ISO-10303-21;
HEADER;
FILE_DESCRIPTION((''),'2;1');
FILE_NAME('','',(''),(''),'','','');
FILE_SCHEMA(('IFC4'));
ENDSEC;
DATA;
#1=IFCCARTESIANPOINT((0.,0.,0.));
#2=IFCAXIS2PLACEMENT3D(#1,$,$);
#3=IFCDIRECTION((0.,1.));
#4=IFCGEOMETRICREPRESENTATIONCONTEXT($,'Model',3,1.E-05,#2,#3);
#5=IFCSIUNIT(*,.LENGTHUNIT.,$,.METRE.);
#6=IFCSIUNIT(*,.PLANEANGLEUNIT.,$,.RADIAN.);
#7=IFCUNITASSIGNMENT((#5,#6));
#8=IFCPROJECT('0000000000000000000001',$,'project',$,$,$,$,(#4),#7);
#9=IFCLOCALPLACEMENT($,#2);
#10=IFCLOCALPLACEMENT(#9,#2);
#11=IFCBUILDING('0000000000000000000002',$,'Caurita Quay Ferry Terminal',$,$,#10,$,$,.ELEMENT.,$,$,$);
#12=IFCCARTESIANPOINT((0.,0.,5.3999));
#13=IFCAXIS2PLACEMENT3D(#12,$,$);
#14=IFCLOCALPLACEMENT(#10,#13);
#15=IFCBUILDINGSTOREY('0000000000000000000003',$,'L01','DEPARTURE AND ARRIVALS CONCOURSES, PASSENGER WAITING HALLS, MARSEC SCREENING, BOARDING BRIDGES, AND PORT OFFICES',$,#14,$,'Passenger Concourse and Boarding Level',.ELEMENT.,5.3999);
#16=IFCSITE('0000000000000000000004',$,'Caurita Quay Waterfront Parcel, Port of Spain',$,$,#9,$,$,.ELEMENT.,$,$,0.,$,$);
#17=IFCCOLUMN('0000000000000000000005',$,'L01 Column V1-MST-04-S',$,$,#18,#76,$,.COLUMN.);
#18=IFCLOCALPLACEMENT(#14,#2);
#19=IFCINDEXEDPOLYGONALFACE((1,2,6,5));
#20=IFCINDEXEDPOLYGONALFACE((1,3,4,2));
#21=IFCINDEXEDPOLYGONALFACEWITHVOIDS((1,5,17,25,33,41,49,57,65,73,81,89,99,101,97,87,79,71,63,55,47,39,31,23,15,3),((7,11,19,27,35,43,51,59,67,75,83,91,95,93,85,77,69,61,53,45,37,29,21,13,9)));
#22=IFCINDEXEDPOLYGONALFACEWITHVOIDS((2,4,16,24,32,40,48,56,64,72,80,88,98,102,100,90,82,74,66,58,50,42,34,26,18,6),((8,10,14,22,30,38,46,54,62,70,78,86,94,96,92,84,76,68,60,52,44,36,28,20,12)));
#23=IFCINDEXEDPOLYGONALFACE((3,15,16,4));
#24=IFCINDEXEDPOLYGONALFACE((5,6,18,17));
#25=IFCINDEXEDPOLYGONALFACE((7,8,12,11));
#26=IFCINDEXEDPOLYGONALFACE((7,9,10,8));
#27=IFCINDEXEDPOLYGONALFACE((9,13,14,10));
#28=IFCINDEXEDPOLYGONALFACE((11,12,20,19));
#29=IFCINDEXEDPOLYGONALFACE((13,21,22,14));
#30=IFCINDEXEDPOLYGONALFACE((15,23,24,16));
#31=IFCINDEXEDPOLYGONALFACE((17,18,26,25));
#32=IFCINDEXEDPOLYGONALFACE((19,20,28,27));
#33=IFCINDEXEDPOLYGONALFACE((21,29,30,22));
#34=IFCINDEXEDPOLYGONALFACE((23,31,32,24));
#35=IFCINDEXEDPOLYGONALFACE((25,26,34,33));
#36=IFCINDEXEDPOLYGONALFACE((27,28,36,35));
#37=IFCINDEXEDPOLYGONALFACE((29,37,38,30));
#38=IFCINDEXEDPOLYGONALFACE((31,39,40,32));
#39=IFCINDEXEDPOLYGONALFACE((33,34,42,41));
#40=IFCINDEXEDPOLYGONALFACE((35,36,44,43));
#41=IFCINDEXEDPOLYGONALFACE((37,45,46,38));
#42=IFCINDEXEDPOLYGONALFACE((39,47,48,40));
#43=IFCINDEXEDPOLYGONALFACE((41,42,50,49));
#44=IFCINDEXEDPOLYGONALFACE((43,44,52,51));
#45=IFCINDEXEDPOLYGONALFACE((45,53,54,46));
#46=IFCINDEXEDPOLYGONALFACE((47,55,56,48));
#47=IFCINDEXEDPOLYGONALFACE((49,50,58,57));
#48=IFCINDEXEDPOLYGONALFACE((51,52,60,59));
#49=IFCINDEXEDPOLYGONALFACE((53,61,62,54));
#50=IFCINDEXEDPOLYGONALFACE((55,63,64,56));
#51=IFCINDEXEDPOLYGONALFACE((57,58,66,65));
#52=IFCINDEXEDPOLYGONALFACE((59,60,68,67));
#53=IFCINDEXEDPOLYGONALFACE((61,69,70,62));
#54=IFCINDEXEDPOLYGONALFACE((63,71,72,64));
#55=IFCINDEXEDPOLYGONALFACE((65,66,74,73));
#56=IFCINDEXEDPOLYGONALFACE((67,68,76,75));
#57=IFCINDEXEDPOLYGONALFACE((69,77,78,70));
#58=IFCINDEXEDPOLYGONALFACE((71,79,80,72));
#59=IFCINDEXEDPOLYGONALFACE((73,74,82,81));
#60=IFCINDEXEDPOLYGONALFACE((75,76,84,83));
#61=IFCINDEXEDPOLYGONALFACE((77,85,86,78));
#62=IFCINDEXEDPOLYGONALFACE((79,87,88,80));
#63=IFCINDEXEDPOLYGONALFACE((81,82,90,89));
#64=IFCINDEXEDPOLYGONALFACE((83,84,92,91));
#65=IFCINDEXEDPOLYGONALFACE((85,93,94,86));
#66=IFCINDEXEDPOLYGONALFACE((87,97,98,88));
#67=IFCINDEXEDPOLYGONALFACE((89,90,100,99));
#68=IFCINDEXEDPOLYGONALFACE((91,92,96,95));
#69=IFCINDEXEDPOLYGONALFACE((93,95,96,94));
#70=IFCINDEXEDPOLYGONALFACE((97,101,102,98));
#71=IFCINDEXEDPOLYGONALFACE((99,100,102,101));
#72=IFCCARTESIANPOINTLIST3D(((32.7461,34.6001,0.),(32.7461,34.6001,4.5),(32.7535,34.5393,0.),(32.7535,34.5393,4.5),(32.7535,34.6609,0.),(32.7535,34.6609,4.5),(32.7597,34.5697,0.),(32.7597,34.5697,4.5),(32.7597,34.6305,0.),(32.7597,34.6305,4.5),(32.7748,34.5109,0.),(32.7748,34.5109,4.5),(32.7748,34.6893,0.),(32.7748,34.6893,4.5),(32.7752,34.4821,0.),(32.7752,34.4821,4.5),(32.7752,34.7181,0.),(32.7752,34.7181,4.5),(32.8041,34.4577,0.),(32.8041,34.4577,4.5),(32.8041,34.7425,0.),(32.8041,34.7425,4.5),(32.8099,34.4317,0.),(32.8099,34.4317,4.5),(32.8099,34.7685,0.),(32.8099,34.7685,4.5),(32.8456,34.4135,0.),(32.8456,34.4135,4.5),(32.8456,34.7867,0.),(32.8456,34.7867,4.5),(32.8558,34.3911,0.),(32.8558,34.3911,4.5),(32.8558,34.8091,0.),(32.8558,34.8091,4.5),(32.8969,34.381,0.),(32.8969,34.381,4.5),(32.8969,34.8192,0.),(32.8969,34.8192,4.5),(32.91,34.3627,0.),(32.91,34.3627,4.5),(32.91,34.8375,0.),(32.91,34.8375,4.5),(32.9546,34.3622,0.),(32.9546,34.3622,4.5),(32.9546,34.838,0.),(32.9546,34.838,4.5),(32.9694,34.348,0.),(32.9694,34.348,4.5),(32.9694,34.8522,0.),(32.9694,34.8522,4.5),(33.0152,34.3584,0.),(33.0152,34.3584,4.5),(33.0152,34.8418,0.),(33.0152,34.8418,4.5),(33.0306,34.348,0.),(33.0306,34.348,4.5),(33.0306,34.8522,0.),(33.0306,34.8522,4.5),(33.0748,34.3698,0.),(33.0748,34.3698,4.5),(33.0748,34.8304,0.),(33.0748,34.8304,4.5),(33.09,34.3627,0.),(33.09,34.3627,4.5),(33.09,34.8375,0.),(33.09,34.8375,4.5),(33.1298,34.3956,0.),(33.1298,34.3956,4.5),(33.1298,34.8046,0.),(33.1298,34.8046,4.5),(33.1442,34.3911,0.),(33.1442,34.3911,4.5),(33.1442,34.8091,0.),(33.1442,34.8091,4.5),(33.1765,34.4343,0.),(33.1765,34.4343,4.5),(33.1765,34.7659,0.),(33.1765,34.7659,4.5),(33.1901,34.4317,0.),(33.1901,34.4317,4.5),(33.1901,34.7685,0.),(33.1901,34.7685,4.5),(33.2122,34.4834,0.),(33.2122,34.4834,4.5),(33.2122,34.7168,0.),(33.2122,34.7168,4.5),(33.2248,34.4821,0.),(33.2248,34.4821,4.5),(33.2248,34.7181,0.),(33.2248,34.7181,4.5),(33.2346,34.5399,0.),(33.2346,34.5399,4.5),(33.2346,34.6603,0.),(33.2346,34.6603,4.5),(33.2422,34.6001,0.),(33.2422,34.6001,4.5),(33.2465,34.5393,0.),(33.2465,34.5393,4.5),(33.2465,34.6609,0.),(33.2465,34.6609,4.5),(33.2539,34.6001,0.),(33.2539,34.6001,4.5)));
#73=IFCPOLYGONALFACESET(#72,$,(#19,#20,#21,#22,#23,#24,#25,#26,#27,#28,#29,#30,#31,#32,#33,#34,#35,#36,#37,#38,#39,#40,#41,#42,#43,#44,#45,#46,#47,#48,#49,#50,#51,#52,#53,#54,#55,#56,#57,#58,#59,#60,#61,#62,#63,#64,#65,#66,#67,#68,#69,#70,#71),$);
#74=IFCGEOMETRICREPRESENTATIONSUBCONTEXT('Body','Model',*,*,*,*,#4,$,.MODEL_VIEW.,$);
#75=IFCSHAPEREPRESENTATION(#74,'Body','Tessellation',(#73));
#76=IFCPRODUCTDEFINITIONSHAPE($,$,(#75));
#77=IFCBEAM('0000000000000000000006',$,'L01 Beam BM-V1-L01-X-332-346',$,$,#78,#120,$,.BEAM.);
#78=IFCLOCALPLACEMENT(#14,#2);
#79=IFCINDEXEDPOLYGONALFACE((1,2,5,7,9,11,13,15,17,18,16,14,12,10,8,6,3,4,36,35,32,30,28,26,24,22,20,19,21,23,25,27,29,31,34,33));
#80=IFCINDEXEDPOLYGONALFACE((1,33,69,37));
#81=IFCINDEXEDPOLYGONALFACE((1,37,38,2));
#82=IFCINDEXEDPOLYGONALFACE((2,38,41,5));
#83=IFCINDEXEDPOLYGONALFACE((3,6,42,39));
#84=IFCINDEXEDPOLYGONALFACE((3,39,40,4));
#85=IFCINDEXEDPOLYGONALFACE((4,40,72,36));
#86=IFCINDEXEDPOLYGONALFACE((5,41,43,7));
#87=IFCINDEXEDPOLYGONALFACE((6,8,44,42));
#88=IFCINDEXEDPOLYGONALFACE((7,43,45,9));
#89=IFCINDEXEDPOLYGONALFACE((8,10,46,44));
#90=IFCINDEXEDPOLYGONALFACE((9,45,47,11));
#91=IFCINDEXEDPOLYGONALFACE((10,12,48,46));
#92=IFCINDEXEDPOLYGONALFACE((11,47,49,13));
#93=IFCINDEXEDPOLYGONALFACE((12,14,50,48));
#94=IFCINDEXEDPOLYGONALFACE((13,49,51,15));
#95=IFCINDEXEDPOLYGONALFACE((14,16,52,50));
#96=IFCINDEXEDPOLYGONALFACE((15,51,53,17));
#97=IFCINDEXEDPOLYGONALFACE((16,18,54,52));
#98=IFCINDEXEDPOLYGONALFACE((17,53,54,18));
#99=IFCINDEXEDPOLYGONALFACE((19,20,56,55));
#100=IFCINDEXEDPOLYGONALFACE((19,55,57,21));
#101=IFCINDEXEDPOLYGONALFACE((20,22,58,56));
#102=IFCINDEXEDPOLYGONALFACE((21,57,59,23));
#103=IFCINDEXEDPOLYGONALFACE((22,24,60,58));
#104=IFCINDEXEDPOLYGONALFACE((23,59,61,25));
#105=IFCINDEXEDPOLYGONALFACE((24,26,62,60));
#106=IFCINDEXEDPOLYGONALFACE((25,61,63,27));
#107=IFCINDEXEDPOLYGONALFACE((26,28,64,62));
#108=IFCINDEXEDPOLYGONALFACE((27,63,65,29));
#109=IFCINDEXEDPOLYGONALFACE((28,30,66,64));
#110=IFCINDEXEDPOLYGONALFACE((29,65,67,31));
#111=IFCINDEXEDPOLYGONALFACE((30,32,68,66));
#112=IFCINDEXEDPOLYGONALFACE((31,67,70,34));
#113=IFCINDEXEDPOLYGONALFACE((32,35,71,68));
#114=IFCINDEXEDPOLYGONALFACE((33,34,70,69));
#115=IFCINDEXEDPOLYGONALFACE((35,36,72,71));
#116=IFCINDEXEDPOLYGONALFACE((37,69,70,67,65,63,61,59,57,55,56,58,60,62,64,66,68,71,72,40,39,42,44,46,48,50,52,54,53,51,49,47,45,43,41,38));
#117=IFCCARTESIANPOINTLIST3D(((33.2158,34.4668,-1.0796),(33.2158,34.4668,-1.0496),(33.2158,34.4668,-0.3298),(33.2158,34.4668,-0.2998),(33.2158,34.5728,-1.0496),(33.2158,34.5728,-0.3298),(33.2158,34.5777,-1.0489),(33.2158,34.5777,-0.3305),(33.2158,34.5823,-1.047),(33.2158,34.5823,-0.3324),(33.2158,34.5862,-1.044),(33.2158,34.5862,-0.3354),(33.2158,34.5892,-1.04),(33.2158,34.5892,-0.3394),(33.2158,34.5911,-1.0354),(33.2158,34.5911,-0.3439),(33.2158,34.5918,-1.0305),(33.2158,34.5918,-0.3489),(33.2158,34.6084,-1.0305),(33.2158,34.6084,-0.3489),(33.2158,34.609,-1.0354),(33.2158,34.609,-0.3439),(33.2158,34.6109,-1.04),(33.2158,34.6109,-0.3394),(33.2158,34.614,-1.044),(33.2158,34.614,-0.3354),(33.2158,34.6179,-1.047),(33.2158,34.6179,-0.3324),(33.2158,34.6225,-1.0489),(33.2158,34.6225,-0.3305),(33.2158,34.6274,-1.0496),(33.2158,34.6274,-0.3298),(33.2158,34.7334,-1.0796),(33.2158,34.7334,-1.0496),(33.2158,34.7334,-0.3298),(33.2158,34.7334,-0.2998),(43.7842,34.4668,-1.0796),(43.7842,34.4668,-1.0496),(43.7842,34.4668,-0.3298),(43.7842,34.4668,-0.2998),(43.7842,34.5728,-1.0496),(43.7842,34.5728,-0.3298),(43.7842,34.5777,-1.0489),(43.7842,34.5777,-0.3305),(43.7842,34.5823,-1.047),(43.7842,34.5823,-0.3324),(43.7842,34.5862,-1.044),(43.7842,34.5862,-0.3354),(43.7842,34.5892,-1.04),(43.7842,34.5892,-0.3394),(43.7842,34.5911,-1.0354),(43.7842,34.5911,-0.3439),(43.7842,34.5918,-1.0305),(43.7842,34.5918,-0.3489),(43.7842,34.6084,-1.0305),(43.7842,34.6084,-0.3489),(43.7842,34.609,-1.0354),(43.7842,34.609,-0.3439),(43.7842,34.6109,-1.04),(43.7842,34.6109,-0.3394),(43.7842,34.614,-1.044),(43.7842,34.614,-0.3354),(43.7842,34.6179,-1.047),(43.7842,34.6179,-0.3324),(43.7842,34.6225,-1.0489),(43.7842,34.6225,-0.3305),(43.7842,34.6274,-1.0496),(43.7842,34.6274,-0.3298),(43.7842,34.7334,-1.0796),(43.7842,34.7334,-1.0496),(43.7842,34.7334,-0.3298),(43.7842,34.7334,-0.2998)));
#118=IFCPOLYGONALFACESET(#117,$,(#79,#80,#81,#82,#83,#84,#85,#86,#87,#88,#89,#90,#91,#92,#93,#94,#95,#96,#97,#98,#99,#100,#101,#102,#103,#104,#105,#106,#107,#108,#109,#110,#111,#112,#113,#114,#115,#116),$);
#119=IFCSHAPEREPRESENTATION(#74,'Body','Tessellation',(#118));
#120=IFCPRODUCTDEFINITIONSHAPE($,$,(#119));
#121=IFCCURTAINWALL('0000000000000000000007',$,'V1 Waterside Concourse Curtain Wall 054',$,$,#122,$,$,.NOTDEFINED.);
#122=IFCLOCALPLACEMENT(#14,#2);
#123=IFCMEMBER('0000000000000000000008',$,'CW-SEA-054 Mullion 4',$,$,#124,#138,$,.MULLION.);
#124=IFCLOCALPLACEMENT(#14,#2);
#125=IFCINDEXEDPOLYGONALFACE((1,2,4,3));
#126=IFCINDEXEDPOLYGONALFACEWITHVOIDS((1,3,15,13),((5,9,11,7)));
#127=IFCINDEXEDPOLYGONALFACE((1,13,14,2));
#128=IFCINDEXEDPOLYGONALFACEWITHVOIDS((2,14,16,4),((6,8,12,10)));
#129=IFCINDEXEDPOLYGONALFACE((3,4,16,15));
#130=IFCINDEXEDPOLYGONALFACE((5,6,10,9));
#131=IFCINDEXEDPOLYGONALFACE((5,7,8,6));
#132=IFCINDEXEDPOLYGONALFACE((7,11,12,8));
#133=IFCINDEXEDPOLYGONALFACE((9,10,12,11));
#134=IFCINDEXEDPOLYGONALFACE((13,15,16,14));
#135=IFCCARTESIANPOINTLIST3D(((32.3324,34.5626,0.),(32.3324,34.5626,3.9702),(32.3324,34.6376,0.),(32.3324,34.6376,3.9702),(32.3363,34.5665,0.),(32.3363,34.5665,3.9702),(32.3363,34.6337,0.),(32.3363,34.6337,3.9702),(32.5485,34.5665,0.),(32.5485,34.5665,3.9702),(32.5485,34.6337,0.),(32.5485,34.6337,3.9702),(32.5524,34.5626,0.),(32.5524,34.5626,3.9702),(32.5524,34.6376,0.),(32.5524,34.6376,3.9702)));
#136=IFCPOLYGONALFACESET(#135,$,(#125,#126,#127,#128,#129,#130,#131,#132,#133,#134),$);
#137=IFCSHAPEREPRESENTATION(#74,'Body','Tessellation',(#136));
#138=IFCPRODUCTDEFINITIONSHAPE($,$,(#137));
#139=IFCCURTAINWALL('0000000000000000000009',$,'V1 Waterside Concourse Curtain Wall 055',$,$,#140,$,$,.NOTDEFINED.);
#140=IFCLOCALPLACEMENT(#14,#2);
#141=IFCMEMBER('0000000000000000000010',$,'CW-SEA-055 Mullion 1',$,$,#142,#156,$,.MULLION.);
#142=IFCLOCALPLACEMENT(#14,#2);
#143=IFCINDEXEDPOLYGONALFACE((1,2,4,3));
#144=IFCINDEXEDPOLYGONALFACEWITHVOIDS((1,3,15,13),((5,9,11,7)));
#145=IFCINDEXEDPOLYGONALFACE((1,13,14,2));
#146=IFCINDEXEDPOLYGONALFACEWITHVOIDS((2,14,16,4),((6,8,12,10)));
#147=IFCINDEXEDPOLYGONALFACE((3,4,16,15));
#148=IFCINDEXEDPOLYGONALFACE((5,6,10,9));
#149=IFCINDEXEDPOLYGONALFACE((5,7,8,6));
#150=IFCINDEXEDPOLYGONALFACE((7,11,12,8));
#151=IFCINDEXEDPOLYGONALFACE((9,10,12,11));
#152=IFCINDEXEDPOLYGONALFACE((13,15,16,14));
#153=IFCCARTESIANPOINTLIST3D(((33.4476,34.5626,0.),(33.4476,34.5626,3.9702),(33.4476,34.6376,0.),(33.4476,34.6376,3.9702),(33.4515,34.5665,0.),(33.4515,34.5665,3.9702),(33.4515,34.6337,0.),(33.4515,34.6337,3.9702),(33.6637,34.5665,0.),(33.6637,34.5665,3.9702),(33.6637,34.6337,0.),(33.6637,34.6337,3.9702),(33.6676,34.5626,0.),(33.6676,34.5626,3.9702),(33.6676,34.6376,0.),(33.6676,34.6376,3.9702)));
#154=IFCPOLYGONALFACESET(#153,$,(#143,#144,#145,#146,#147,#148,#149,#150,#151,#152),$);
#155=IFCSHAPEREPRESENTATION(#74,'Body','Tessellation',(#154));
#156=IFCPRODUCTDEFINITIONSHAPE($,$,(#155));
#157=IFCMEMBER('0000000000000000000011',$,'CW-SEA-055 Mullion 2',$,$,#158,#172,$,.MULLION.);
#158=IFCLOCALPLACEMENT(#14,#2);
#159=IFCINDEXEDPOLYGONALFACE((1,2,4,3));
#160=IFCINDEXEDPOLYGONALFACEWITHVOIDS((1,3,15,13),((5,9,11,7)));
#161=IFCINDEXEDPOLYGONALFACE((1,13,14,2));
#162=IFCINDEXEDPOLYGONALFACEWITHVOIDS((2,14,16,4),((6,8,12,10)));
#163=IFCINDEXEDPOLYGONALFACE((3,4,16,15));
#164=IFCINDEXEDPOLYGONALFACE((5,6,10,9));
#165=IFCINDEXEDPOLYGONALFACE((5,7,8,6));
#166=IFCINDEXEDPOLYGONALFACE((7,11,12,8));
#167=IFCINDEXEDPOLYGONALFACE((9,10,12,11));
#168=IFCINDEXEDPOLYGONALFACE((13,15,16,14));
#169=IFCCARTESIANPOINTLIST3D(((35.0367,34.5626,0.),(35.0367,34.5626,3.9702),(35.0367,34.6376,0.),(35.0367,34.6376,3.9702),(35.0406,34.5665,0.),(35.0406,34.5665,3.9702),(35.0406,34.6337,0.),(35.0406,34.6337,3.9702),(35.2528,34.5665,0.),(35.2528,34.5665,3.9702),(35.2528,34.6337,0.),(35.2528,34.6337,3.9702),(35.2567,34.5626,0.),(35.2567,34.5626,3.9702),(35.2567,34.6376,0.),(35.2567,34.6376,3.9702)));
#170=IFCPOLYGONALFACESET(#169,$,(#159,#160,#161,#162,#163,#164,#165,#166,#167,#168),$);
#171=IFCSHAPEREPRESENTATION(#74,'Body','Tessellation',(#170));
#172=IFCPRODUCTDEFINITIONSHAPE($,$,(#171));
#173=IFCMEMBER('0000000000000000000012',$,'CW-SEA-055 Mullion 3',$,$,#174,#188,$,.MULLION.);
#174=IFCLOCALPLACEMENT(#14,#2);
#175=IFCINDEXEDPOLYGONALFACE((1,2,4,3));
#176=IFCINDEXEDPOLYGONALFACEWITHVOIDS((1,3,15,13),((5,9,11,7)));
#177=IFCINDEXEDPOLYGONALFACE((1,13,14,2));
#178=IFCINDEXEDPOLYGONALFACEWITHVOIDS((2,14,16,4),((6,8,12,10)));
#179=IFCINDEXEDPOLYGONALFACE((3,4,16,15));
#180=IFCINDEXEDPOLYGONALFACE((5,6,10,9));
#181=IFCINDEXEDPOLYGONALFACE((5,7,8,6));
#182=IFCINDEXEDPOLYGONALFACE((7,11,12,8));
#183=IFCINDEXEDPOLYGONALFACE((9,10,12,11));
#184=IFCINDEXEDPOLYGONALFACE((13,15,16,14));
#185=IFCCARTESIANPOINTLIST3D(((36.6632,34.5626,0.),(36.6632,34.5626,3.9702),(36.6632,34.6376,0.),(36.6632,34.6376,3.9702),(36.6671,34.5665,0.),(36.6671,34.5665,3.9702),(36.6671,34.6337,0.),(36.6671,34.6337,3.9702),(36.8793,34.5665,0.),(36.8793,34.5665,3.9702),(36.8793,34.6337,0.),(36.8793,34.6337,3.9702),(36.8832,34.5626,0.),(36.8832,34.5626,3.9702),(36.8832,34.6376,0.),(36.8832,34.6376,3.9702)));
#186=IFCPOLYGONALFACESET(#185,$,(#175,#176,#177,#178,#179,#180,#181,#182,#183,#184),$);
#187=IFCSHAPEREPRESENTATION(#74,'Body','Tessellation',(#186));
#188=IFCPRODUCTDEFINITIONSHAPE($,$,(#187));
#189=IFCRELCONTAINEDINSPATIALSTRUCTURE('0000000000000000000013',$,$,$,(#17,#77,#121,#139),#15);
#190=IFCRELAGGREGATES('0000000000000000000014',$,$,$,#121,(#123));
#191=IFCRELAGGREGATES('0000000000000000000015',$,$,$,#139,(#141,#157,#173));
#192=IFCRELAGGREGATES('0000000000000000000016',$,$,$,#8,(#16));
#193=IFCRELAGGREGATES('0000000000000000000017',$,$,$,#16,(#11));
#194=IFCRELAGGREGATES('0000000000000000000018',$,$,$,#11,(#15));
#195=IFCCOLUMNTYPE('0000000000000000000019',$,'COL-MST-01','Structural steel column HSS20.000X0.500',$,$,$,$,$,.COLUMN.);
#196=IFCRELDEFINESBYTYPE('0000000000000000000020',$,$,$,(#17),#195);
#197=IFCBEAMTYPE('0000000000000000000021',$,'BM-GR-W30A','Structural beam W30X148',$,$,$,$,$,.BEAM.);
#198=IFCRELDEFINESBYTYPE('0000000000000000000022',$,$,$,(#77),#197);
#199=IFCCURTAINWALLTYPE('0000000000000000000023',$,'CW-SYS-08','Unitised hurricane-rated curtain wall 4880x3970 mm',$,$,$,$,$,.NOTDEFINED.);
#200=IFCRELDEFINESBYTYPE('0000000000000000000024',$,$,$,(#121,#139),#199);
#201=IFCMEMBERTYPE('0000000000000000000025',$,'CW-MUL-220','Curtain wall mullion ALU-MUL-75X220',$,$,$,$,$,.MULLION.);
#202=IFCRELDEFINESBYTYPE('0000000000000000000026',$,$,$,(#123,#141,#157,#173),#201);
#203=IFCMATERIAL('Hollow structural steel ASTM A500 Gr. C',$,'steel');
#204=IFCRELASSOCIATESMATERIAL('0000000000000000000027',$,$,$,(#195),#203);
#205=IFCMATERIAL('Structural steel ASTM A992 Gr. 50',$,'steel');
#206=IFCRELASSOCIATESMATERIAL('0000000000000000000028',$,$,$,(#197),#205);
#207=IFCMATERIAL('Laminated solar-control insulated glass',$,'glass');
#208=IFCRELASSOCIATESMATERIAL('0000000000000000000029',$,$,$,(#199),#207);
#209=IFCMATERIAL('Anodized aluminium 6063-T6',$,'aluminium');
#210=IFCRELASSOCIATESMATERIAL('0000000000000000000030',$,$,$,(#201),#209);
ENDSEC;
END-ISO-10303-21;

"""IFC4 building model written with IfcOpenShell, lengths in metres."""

from ifc_helpers import new_model, si_unit, direction, frame, origin, origin_2d, place, context, subcontext, project, spatial, hollow_rectangle, hollow_circle, i_section, extrude, material, material_profile, profile_set, type_object, element, aggregate, save


model = new_model("IFC4")

# Units and contexts
model_context = context("Model", 3, precision=1e-05, world=origin(), true_north=direction((0.0, 1.0)))
body_context = subcontext(model_context, "Body", "Model", "MODEL_VIEW")
ifc_project = project(units=[si_unit("LENGTHUNIT", "METRE"), si_unit("PLANEANGLEUNIT", "RADIAN")], contexts=[model_context])

# Site, building, storey
site_placement = place(None, origin())
site = spatial("IfcSite", under=ifc_project, at=site_placement, Name="Caurita Quay Waterfront Parcel, Port of Spain", CompositionType="ELEMENT", RefElevation=0.0)
building_placement = place(site_placement, origin())
building = spatial("IfcBuilding", under=site, at=building_placement, Name="Caurita Quay Ferry Terminal", CompositionType="ELEMENT")
storey_placement = place(building_placement, frame((0.0, 0.0, 5.3999)))
storey = spatial("IfcBuildingStorey", under=building, at=storey_placement, Name="L01", Description="DEPARTURE AND ARRIVALS CONCOURSES, PASSENGER WAITING HALLS, MARSEC SCREENING, BOARDING BRIDGES, AND PORT OFFICES", LongName="Passenger Concourse and Boarding Level", CompositionType="ELEMENT", Elevation=5.3999)

# Column
ifc_material_1 = material(Name="Hollow structural steel ASTM A500 Gr. C", Category="steel")
ifc_material_profile_1 = material_profile(ifc_material_1, hollow_circle(Radius=0.2539, WallThickness=0.0117, at=origin_2d()), Name="HSS20.000X0.500")
ifc_profile_set_1 = profile_set([ifc_material_profile_1], Name="Hollow structural steel ASTM A500 Gr. C")
column_type = type_object("IfcColumnType", Name="COL-MST-01", Description="Structural steel column HSS20.000X0.500", PredefinedType="COLUMN", material=ifc_profile_set_1)
column_placement = place(storey_placement, frame((33.0, 34.6001, 0.0), z_axis=(0.0, 0.0, 1.0), x_axis=(1.0, 0.0, 0.0)))
element("IfcColumn", 1, at=column_placement, inside=storey, type_object=column_type, Name="L01 Column V1-MST-04-S", PredefinedType="COLUMN", context=body_context, shape_type="SweptSolid", body=[
    extrude(hollow_circle(Radius=0.2539, WallThickness=0.0117, at=origin_2d()), origin(), (0.0, 0.0, 1.0), 4.5),
])

# Beam
ifc_material_2 = material(Name="Structural steel ASTM A992 Gr. 50", Category="steel")
ifc_material_profile_2 = material_profile(ifc_material_2, i_section(OverallWidth=0.2666, OverallDepth=0.7798, WebThickness=0.0166, FlangeThickness=0.03, FilletRadius=0.019, at=origin_2d()), Name="W30X148")
ifc_profile_set_2 = profile_set([ifc_material_profile_2], Name="Structural steel ASTM A992 Gr. 50")
beam_type = type_object("IfcBeamType", Name="BM-GR-W30A", Description="Structural beam W30X148", PredefinedType="BEAM", material=ifc_profile_set_2)
beam_placement = place(storey_placement, frame((33.2158, 34.6001, -0.6897), z_axis=(1.0, 0.0, 0.0), x_axis=(0.0, 1.0, 0.0)))
element("IfcBeam", 2, at=beam_placement, inside=storey, type_object=beam_type, Name="L01 Beam BM-V1-L01-X-332-346", PredefinedType="BEAM", context=body_context, shape_type="SweptSolid", body=[
    extrude(i_section(OverallWidth=0.2666, OverallDepth=0.7798, WebThickness=0.0166, FlangeThickness=0.03, FilletRadius=0.019, at=origin_2d()), origin(), (0.0, 0.0, 1.0), 10.5684),
])

# Curtain wall, member
ifc_material_3 = material(Name="Laminated solar-control insulated glass", Category="glass")
curtain_wall_type = type_object("IfcCurtainWallType", Name="CW-SYS-08", Description="Unitised hurricane-rated curtain wall 4880x3970 mm", PredefinedType="NOTDEFINED", material=ifc_material_3)
curtain_wall_1_placement = place(storey_placement, origin())
curtain_wall_1 = element("IfcCurtainWall", 3, at=curtain_wall_1_placement, inside=storey, type_object=curtain_wall_type, Name="V1 Waterside Concourse Curtain Wall 054", PredefinedType="NOTDEFINED")
ifc_material_4 = material(Name="Anodized aluminium 6063-T6", Category="aluminium")
ifc_material_profile_3 = material_profile(ifc_material_4, hollow_rectangle(XDim=0.075, YDim=0.22, WallThickness=0.0039, at=origin_2d()), Name="ALU-MUL-75X220")
ifc_profile_set_3 = profile_set([ifc_material_profile_3], Name="Anodized aluminium 6063-T6")
member_type_1 = type_object("IfcMemberType", Name="CW-MUL-220", Description="Curtain wall mullion ALU-MUL-75X220", PredefinedType="MULLION", material=ifc_profile_set_3)
member_1_placement = place(storey_placement, frame((32.4424, 34.6001, 0.0), z_axis=(0.0, 0.0, 1.0), x_axis=(0.0, 1.0, 0.0)))
member_1 = element("IfcMember", 4, at=member_1_placement, type_object=member_type_1, Name="CW-SEA-054 Mullion 4", PredefinedType="MULLION", context=body_context, shape_type="SweptSolid", body=[
    extrude(hollow_rectangle(XDim=0.075, YDim=0.22, WallThickness=0.0039, at=origin_2d()), origin(), (0.0, 0.0, 1.0), 3.9702),
])

# Curtain wall, members
curtain_wall_2_placement = place(storey_placement, origin())
curtain_wall_2 = element("IfcCurtainWall", 5, at=curtain_wall_2_placement, inside=storey, type_object=curtain_wall_type, Name="V1 Waterside Concourse Curtain Wall 055", PredefinedType="NOTDEFINED")
member_2_placement = place(storey_placement, frame((33.5576, 34.6001, 0.0), z_axis=(0.0, 0.0, 1.0), x_axis=(0.0, 1.0, 0.0)))
member_2 = element("IfcMember", 6, at=member_2_placement, type_object=member_type_1, Name="CW-SEA-055 Mullion 1", PredefinedType="MULLION", context=body_context, shape_type="SweptSolid", body=[
    extrude(hollow_rectangle(XDim=0.075, YDim=0.22, WallThickness=0.0039, at=origin_2d()), origin(), (0.0, 0.0, 1.0), 3.9702),
])
member_3_placement = place(storey_placement, frame((35.1467, 34.6001, 0.0), z_axis=(0.0, 0.0, 1.0), x_axis=(0.0, 1.0, 0.0)))
member_3 = element("IfcMember", 7, at=member_3_placement, type_object=member_type_1, Name="CW-SEA-055 Mullion 2", PredefinedType="MULLION", context=body_context, shape_type="SweptSolid", body=[
    extrude(hollow_rectangle(XDim=0.075, YDim=0.22, WallThickness=0.0039, at=origin_2d()), origin(), (0.0, 0.0, 1.0), 3.9702),
])
member_4_placement = place(storey_placement, frame((36.7732, 34.6001, 0.0), z_axis=(0.0, 0.0, 1.0), x_axis=(0.0, 1.0, 0.0)))
member_4 = element("IfcMember", 8, at=member_4_placement, type_object=member_type_1, Name="CW-SEA-055 Mullion 3", PredefinedType="MULLION", context=body_context, shape_type="SweptSolid", body=[
    extrude(hollow_rectangle(XDim=0.075, YDim=0.22, WallThickness=0.0039, at=origin_2d()), origin(), (0.0, 0.0, 1.0), 3.9702),
])

aggregate(curtain_wall_1, [member_1])
aggregate(curtain_wall_2, [member_2, member_3, member_4])

save(model, "model.ifc")
